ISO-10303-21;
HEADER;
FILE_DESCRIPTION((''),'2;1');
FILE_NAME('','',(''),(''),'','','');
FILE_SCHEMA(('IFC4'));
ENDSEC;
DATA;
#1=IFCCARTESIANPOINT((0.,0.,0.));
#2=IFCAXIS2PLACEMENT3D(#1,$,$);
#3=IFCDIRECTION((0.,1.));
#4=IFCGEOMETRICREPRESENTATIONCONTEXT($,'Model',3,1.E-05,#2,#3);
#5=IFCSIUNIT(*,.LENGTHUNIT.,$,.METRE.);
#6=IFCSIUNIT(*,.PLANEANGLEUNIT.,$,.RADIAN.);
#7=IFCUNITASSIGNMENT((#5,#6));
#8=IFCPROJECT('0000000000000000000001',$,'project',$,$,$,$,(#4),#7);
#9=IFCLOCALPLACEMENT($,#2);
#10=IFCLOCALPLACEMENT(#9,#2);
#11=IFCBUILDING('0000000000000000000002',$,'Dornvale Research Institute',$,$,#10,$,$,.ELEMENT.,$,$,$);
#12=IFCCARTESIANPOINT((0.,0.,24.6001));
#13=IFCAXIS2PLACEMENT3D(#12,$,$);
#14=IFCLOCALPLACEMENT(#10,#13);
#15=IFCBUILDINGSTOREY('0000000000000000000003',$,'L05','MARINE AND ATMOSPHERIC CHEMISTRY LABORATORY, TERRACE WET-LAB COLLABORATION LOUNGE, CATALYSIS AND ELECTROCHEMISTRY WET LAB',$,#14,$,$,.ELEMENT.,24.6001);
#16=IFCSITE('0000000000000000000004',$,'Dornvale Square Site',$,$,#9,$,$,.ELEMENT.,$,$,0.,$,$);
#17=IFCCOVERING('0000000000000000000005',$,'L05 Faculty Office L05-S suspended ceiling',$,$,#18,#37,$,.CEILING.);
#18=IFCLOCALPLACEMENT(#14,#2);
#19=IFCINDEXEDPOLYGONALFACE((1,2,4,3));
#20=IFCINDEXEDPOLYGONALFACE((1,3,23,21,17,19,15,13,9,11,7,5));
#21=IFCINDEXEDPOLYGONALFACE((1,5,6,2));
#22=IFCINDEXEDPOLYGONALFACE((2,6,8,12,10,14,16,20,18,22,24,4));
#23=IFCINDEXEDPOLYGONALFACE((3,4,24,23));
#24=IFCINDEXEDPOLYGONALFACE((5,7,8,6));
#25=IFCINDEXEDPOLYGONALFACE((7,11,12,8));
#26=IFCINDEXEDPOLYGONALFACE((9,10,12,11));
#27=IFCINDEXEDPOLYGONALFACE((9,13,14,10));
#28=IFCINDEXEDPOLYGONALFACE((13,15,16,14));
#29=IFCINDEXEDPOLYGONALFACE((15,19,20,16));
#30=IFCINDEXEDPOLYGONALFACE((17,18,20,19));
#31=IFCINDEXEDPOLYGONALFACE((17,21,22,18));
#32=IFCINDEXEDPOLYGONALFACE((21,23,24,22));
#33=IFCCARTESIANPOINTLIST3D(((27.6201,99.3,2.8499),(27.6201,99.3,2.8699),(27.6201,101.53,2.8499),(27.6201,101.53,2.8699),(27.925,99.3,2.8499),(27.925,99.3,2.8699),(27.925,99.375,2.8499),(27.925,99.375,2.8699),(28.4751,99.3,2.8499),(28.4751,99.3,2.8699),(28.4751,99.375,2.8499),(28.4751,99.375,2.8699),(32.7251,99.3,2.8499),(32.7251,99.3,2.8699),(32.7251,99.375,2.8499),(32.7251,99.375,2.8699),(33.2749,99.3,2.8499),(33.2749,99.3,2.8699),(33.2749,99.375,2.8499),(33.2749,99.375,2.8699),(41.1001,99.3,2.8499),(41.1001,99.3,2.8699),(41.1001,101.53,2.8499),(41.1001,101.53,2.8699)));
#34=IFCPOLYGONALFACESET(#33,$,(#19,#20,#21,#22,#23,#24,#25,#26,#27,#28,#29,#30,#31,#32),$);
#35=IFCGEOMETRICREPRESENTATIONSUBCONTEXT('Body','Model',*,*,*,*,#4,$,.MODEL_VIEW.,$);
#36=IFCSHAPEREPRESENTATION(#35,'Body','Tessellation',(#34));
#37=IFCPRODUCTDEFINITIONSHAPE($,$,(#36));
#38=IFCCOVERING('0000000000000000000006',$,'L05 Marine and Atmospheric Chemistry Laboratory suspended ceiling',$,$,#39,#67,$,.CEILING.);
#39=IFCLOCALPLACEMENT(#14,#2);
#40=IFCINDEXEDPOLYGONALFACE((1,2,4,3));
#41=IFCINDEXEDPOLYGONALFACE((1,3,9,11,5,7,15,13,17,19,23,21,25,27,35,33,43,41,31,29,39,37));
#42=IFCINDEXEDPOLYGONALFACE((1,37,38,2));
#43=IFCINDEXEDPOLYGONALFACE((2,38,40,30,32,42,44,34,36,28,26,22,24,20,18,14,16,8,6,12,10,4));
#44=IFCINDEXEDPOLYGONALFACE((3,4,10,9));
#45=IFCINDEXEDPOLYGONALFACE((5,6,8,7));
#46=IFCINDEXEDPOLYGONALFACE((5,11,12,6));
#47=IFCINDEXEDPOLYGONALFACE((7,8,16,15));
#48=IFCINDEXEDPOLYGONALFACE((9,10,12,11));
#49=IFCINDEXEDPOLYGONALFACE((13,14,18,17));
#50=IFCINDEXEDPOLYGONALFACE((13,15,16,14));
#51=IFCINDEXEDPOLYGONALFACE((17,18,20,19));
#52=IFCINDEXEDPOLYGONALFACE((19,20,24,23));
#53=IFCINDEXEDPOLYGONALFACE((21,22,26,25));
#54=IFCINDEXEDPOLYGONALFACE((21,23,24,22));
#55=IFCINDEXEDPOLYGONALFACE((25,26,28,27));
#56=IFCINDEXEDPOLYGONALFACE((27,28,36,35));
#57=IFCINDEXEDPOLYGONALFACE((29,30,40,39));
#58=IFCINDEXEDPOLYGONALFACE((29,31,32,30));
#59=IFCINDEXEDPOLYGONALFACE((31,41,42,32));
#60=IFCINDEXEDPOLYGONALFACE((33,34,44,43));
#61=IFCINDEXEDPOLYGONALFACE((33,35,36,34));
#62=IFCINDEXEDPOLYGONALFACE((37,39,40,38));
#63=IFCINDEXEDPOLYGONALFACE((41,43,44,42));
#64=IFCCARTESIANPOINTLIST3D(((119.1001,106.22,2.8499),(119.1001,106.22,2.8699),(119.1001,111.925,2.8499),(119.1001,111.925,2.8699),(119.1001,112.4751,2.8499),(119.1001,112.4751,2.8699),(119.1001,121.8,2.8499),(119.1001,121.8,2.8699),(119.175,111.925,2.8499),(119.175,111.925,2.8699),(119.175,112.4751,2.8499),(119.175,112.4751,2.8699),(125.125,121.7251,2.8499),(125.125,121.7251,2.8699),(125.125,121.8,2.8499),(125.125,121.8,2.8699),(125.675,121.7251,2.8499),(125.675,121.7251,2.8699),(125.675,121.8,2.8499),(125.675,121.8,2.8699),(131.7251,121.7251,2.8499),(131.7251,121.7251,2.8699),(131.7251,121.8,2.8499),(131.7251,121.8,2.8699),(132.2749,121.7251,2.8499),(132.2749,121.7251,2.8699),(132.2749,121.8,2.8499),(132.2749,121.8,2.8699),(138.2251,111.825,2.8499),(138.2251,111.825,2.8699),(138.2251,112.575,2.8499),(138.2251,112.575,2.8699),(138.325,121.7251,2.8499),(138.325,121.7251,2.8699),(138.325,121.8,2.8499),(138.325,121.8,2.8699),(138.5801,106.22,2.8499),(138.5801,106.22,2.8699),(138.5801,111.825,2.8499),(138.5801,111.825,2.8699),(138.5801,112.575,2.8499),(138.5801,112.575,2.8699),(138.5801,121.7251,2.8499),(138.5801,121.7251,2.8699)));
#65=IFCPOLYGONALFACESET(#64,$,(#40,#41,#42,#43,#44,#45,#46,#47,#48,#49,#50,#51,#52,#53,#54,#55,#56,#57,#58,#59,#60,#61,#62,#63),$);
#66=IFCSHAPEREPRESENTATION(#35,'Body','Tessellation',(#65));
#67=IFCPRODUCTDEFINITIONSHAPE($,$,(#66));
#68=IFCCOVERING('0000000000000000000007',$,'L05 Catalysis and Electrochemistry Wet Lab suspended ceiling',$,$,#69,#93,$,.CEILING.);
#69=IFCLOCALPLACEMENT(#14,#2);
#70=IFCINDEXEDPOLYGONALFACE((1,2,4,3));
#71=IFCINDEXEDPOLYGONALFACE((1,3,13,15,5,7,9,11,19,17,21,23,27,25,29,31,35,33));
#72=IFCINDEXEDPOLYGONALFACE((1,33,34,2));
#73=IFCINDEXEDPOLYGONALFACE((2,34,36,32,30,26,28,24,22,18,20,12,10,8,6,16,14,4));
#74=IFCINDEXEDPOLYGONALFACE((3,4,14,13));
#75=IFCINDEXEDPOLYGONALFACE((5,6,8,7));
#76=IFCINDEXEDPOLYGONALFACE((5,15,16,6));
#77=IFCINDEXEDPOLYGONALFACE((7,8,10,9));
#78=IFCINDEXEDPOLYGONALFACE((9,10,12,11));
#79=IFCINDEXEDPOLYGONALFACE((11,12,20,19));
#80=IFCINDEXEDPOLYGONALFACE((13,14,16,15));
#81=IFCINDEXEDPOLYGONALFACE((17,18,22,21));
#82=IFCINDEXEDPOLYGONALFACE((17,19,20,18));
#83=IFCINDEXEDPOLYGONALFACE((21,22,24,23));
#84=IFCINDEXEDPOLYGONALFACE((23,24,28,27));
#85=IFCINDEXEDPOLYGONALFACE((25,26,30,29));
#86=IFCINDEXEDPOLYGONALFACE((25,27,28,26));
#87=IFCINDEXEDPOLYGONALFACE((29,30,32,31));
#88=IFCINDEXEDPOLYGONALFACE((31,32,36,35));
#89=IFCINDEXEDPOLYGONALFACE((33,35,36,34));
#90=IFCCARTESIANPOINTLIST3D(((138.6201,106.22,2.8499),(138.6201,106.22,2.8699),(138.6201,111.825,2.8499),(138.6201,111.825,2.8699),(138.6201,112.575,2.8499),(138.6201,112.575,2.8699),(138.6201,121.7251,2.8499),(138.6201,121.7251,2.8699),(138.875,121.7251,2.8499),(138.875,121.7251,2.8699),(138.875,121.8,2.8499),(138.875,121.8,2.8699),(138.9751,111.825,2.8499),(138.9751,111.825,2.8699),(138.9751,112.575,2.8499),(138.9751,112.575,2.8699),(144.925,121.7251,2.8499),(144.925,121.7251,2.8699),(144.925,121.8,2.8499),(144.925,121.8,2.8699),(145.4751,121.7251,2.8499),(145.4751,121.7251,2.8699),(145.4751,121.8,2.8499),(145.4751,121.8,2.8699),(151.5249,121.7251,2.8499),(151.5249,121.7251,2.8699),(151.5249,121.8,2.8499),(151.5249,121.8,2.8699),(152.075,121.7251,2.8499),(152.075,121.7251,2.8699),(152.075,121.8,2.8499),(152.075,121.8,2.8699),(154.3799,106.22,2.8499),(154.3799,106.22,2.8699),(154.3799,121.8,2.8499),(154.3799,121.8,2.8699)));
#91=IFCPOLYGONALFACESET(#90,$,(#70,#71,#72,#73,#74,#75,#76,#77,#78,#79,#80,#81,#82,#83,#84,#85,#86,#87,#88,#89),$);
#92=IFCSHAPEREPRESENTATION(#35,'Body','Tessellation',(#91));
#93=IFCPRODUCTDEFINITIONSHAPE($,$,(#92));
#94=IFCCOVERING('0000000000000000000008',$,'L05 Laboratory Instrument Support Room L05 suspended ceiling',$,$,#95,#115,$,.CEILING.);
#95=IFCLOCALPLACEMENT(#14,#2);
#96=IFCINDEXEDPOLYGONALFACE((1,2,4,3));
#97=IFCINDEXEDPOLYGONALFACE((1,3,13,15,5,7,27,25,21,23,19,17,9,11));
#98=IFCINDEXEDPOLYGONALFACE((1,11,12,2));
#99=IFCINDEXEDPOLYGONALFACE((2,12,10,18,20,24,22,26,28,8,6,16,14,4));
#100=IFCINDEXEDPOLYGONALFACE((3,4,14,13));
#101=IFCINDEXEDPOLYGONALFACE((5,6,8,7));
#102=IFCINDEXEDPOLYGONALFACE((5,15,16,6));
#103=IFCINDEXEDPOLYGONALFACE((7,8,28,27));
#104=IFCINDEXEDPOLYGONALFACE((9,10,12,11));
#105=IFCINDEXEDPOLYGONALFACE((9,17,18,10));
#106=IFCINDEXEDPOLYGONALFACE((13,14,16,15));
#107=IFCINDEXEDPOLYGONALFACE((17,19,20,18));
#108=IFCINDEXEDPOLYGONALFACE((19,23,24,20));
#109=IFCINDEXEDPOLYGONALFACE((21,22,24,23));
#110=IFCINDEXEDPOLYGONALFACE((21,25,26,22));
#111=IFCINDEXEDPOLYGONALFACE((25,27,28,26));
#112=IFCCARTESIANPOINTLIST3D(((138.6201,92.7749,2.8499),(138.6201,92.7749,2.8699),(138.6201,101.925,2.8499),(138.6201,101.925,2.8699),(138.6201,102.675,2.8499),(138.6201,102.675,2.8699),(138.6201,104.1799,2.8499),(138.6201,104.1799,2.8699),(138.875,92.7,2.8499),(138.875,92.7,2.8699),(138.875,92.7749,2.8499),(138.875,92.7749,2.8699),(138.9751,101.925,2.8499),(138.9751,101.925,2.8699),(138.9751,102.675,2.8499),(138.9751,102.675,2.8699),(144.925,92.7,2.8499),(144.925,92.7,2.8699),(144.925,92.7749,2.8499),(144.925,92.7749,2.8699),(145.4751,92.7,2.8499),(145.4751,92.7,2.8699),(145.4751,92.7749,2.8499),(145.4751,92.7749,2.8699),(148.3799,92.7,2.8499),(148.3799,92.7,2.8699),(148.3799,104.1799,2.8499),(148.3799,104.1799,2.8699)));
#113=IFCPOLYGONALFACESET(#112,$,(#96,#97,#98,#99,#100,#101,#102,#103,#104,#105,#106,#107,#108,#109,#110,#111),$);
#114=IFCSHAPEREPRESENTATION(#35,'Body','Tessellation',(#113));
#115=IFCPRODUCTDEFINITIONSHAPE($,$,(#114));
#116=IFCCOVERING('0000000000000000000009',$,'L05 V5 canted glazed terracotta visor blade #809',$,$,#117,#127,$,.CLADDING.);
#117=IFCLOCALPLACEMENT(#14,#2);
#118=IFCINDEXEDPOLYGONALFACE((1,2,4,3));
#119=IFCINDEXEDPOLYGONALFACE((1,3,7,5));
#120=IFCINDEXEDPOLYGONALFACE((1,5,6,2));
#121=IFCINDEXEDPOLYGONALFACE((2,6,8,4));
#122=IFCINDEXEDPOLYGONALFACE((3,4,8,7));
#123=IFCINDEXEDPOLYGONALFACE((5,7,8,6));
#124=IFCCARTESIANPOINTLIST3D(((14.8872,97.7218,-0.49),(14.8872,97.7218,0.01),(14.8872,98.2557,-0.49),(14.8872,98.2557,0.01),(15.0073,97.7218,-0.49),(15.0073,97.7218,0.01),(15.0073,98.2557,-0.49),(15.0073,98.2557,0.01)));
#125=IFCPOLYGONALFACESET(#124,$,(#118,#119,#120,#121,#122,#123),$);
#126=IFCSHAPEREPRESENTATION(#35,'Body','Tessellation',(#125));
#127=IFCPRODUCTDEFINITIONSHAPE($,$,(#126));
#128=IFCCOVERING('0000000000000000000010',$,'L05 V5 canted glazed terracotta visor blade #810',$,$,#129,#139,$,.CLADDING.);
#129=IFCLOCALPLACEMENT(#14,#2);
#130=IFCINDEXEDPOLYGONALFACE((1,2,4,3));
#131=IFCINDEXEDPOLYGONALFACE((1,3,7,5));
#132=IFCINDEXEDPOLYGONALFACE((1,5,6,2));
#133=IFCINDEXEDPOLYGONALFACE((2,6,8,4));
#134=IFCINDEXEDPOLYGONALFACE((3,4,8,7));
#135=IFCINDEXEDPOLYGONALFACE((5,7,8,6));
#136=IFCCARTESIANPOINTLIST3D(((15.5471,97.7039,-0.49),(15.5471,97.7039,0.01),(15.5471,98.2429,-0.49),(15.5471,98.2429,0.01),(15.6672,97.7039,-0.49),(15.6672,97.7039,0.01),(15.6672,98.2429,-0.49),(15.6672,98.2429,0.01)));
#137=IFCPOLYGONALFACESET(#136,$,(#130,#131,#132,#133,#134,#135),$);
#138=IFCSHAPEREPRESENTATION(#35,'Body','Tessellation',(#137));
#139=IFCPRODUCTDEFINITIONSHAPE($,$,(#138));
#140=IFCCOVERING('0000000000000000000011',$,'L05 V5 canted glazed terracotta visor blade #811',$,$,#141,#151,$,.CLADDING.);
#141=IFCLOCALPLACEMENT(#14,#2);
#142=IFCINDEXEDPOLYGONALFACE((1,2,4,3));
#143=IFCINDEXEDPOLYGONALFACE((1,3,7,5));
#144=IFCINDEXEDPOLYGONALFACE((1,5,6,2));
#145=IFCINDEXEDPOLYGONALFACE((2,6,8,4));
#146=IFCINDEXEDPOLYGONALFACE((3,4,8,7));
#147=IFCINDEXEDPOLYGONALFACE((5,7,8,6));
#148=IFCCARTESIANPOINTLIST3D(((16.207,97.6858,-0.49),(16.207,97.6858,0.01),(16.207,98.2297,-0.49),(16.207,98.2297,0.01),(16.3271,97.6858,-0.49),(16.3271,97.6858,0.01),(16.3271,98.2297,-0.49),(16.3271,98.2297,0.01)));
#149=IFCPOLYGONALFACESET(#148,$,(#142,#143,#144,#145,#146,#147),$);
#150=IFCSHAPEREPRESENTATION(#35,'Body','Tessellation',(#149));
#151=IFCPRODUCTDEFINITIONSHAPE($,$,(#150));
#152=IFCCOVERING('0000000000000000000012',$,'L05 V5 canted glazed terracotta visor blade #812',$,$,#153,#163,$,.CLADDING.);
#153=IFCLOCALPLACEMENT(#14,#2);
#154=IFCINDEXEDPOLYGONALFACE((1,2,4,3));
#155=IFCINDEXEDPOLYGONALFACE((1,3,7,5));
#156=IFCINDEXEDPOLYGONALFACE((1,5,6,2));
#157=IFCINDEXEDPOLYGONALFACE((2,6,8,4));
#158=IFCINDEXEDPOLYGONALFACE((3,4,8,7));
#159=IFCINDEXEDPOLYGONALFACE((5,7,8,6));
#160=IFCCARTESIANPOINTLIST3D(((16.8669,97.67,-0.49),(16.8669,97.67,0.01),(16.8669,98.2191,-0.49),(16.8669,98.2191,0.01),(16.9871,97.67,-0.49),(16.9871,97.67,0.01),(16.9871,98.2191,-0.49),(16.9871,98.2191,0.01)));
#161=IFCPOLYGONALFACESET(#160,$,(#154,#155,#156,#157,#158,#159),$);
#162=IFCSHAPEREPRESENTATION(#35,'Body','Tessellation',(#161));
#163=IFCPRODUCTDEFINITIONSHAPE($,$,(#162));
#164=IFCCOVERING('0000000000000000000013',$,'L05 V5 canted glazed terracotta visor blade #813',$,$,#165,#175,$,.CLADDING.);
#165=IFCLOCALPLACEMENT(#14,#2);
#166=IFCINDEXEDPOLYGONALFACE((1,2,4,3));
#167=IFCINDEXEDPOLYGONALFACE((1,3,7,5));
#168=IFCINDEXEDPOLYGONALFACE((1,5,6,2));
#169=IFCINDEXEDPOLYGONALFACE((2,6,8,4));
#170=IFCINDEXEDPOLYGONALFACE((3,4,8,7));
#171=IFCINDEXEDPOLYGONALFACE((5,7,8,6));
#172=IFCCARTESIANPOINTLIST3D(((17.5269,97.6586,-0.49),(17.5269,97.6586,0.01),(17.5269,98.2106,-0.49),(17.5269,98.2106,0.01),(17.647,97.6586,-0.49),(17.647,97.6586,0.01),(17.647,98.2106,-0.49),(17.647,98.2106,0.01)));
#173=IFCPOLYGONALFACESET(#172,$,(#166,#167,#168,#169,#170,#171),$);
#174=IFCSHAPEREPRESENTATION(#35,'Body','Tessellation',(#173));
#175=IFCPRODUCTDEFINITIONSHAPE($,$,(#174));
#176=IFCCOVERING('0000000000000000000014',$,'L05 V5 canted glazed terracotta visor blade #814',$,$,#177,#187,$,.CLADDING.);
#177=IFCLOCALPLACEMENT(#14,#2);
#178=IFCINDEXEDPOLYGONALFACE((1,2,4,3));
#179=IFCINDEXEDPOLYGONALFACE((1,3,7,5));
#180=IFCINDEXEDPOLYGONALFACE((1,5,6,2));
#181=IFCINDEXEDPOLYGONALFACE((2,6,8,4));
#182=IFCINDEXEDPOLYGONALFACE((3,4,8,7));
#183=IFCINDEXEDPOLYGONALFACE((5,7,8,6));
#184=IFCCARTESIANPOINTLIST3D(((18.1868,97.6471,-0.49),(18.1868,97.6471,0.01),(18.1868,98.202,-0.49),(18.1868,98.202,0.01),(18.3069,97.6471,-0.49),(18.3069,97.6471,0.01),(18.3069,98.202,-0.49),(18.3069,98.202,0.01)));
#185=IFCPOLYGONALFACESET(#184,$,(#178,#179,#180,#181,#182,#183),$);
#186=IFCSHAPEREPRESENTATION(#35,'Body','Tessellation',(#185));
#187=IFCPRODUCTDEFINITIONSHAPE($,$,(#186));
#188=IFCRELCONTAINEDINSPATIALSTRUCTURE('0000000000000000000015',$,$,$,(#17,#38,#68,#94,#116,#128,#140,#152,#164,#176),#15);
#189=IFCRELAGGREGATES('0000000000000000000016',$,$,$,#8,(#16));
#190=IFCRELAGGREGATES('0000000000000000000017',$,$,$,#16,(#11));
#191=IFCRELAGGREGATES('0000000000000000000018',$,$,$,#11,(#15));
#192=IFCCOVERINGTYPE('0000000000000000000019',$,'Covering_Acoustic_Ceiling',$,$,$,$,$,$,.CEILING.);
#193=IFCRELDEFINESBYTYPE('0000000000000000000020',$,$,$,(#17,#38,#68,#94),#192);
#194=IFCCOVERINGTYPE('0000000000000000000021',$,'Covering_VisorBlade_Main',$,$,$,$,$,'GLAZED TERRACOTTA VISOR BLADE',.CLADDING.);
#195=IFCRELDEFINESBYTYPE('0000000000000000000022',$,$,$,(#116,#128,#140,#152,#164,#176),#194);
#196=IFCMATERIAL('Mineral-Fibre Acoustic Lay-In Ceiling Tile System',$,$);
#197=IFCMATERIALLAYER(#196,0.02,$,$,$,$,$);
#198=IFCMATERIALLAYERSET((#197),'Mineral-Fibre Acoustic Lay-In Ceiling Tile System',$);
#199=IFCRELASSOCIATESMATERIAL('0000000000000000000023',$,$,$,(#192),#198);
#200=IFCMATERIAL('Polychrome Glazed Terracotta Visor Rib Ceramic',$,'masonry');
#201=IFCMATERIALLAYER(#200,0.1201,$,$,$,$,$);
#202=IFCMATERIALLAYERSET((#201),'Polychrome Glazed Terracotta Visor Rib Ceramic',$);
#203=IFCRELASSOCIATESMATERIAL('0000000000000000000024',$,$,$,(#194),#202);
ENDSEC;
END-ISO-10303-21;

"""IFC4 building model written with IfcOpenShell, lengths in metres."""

from ifc_helpers import new_model, si_unit, direction, frame, origin, origin_2d, place, context, subcontext, project, spatial, polyline, rectangle, outline, extrude, material, layer, layer_set, type_object, element, save


model = new_model("IFC4")

# Units and contexts
model_context = context("Model", 3, precision=1e-05, world=origin(), true_north=direction((0.0, 1.0)))
body_context = subcontext(model_context, "Body", "Model", "MODEL_VIEW")
ifc_project = project(units=[si_unit("LENGTHUNIT", "METRE"), si_unit("PLANEANGLEUNIT", "RADIAN")], contexts=[model_context])

# Site, building, storey
site_placement = place(None, origin())
site = spatial("IfcSite", under=ifc_project, at=site_placement, Name="Dornvale Square Site", CompositionType="ELEMENT", RefElevation=0.0)
building_placement = place(site_placement, origin())
building = spatial("IfcBuilding", under=site, at=building_placement, Name="Dornvale Research Institute", CompositionType="ELEMENT")
storey_placement = place(building_placement, frame((0.0, 0.0, 24.6001)))
storey = spatial("IfcBuildingStorey", under=building, at=storey_placement, Name="L05", Description="MARINE AND ATMOSPHERIC CHEMISTRY LABORATORY, TERRACE WET-LAB COLLABORATION LOUNGE, CATALYSIS AND ELECTROCHEMISTRY WET LAB", CompositionType="ELEMENT", Elevation=24.6001)

# Coverings
ifc_material_1 = material(Name="Mineral-Fibre Acoustic Lay-In Ceiling Tile System")
ifc_layer_1 = layer(ifc_material_1, 0.02)
ifc_layer_set_1 = layer_set([ifc_layer_1], Name="Mineral-Fibre Acoustic Lay-In Ceiling Tile System")
covering_type_1 = type_object("IfcCoveringType", Name="Covering_Acoustic_Ceiling", PredefinedType="CEILING", material=ifc_layer_set_1)
covering_1_placement = place(storey_placement, frame((0.0, 0.0, 2.8499)))
element("IfcCovering", 1, at=covering_1_placement, inside=storey, type_object=covering_type_1, Name="L05 Faculty Office L05-S suspended ceiling", PredefinedType="CEILING", context=body_context, shape_type="SweptSolid", body=[
    extrude(outline(polyline([(28.4751, 99.3), (28.4751, 99.375), (27.925, 99.375), (27.925, 99.3), (27.6201, 99.3), (27.6201, 101.53), (41.1001, 101.53), (41.1001, 99.3), (33.2749, 99.3), (33.2749, 99.375), (32.7251, 99.375), (32.7251, 99.3), (28.4751, 99.3)])), origin(), (0.0, 0.0, 1.0), 0.02),
])
covering_2_placement = place(storey_placement, frame((0.0, 0.0, 2.8499)))
element("IfcCovering", 2, at=covering_2_placement, inside=storey, type_object=covering_type_1, Name="L05 Marine and Atmospheric Chemistry Laboratory suspended ceiling", PredefinedType="CEILING", context=body_context, shape_type="SweptSolid", body=[
    extrude(outline(polyline([(131.7251, 121.8), (131.7251, 121.7251), (132.2749, 121.7251), (132.2749, 121.8), (138.325, 121.8), (138.325, 121.7251), (138.5801, 121.7251), (138.5801, 112.575), (138.2251, 112.575), (138.2251, 111.825), (138.5801, 111.825), (138.5801, 106.22), (119.1001, 106.22), (119.1001, 111.925), (119.175, 111.925), (119.175, 112.4751), (119.1001, 112.4751), (119.1001, 121.8), (125.125, 121.8), (125.125, 121.7251), (125.675, 121.7251), (125.675, 121.8), (131.7251, 121.8)])), origin(), (0.0, 0.0, 1.0), 0.02),
])
covering_3_placement = place(storey_placement, frame((0.0, 0.0, 2.8499)))
element("IfcCovering", 3, at=covering_3_placement, inside=storey, type_object=covering_type_1, Name="L05 Catalysis and Electrochemistry Wet Lab suspended ceiling", PredefinedType="CEILING", context=body_context, shape_type="SweptSolid", body=[
    extrude(outline(polyline([(138.9751, 111.825), (138.9751, 112.575), (138.6201, 112.575), (138.6201, 121.7251), (138.875, 121.7251), (138.875, 121.8), (144.925, 121.8), (144.925, 121.7251), (145.4751, 121.7251), (145.4751, 121.8), (151.5249, 121.8), (151.5249, 121.7251), (152.075, 121.7251), (152.075, 121.8), (154.3799, 121.8), (154.3799, 106.22), (138.6201, 106.22), (138.6201, 111.825), (138.9751, 111.825)])), origin(), (0.0, 0.0, 1.0), 0.02),
])
covering_4_placement = place(storey_placement, frame((0.0, 0.0, 2.8499)))
element("IfcCovering", 4, at=covering_4_placement, inside=storey, type_object=covering_type_1, Name="L05 Laboratory Instrument Support Room L05 suspended ceiling", PredefinedType="CEILING", context=body_context, shape_type="SweptSolid", body=[
    extrude(outline(polyline([(138.6201, 102.675), (138.6201, 104.1799), (148.3799, 104.1799), (148.3799, 92.7), (145.4751, 92.7), (145.4751, 92.7749), (144.925, 92.7749), (144.925, 92.7), (138.875, 92.7), (138.875, 92.7749), (138.6201, 92.7749), (138.6201, 101.925), (138.9751, 101.925), (138.9751, 102.675), (138.6201, 102.675)])), origin(), (0.0, 0.0, 1.0), 0.02),
])
ifc_material_2 = material(Name="Polychrome Glazed Terracotta Visor Rib Ceramic", Category="masonry")
ifc_layer_2 = layer(ifc_material_2, 0.1201)
ifc_layer_set_2 = layer_set([ifc_layer_2], Name="Polychrome Glazed Terracotta Visor Rib Ceramic")
covering_type_2 = type_object("IfcCoveringType", Name="Covering_VisorBlade_Main", ElementType="GLAZED TERRACOTTA VISOR BLADE", PredefinedType="CLADDING", material=ifc_layer_set_2)
covering_5_placement = place(storey_placement, frame((14.9473, 97.9888, -0.49), z_axis=(0.0, 0.0, 1.0), x_axis=(0.0, 1.0, 0.0)))
element("IfcCovering", 5, at=covering_5_placement, inside=storey, type_object=covering_type_2, Name="L05 V5 canted glazed terracotta visor blade #809", PredefinedType="CLADDING", context=body_context, shape_type="SweptSolid", body=[
    extrude(rectangle(XDim=0.5339, YDim=0.1201, at=origin_2d()), origin(), (0.0, 0.0, 1.0), 0.5),
])
covering_6_placement = place(storey_placement, frame((15.6072, 97.9734, -0.49), z_axis=(0.0, 0.0, 1.0), x_axis=(0.0, 1.0, 0.0)))
element("IfcCovering", 6, at=covering_6_placement, inside=storey, type_object=covering_type_2, Name="L05 V5 canted glazed terracotta visor blade #810", PredefinedType="CLADDING", context=body_context, shape_type="SweptSolid", body=[
    extrude(rectangle(XDim=0.5391, YDim=0.1201, at=origin_2d()), origin(), (0.0, 0.0, 1.0), 0.5),
])
covering_7_placement = place(storey_placement, frame((16.2671, 97.9578, -0.49), z_axis=(0.0, 0.0, 1.0), x_axis=(0.0, 1.0, 0.0)))
element("IfcCovering", 7, at=covering_7_placement, inside=storey, type_object=covering_type_2, Name="L05 V5 canted glazed terracotta visor blade #811", PredefinedType="CLADDING", context=body_context, shape_type="SweptSolid", body=[
    extrude(rectangle(XDim=0.5439, YDim=0.1201, at=origin_2d()), origin(), (0.0, 0.0, 1.0), 0.5),
])
covering_8_placement = place(storey_placement, frame((16.927, 97.9446, -0.49), z_axis=(0.0, 0.0, 1.0), x_axis=(0.0, 1.0, 0.0)))
element("IfcCovering", 8, at=covering_8_placement, inside=storey, type_object=covering_type_2, Name="L05 V5 canted glazed terracotta visor blade #812", PredefinedType="CLADDING", context=body_context, shape_type="SweptSolid", body=[
    extrude(rectangle(XDim=0.5491, YDim=0.1201, at=origin_2d()), origin(), (0.0, 0.0, 1.0), 0.5),
])
covering_9_placement = place(storey_placement, frame((17.5869, 97.9346, -0.49), z_axis=(0.0, 0.0, 1.0), x_axis=(0.0, 1.0, 0.0)))
element("IfcCovering", 9, at=covering_9_placement, inside=storey, type_object=covering_type_2, Name="L05 V5 canted glazed terracotta visor blade #813", PredefinedType="CLADDING", context=body_context, shape_type="SweptSolid", body=[
    extrude(rectangle(XDim=0.552, YDim=0.1201, at=origin_2d()), origin(), (0.0, 0.0, 1.0), 0.5),
])
covering_10_placement = place(storey_placement, frame((18.2468, 97.9246, -0.49), z_axis=(0.0, 0.0, 1.0), x_axis=(0.0, 1.0, 0.0)))
element("IfcCovering", 10, at=covering_10_placement, inside=storey, type_object=covering_type_2, Name="L05 V5 canted glazed terracotta visor blade #814", PredefinedType="CLADDING", context=body_context, shape_type="SweptSolid", body=[
    extrude(rectangle(XDim=0.5549, YDim=0.1201, at=origin_2d()), origin(), (0.0, 0.0, 1.0), 0.5),
])

save(model, "model.ifc")
